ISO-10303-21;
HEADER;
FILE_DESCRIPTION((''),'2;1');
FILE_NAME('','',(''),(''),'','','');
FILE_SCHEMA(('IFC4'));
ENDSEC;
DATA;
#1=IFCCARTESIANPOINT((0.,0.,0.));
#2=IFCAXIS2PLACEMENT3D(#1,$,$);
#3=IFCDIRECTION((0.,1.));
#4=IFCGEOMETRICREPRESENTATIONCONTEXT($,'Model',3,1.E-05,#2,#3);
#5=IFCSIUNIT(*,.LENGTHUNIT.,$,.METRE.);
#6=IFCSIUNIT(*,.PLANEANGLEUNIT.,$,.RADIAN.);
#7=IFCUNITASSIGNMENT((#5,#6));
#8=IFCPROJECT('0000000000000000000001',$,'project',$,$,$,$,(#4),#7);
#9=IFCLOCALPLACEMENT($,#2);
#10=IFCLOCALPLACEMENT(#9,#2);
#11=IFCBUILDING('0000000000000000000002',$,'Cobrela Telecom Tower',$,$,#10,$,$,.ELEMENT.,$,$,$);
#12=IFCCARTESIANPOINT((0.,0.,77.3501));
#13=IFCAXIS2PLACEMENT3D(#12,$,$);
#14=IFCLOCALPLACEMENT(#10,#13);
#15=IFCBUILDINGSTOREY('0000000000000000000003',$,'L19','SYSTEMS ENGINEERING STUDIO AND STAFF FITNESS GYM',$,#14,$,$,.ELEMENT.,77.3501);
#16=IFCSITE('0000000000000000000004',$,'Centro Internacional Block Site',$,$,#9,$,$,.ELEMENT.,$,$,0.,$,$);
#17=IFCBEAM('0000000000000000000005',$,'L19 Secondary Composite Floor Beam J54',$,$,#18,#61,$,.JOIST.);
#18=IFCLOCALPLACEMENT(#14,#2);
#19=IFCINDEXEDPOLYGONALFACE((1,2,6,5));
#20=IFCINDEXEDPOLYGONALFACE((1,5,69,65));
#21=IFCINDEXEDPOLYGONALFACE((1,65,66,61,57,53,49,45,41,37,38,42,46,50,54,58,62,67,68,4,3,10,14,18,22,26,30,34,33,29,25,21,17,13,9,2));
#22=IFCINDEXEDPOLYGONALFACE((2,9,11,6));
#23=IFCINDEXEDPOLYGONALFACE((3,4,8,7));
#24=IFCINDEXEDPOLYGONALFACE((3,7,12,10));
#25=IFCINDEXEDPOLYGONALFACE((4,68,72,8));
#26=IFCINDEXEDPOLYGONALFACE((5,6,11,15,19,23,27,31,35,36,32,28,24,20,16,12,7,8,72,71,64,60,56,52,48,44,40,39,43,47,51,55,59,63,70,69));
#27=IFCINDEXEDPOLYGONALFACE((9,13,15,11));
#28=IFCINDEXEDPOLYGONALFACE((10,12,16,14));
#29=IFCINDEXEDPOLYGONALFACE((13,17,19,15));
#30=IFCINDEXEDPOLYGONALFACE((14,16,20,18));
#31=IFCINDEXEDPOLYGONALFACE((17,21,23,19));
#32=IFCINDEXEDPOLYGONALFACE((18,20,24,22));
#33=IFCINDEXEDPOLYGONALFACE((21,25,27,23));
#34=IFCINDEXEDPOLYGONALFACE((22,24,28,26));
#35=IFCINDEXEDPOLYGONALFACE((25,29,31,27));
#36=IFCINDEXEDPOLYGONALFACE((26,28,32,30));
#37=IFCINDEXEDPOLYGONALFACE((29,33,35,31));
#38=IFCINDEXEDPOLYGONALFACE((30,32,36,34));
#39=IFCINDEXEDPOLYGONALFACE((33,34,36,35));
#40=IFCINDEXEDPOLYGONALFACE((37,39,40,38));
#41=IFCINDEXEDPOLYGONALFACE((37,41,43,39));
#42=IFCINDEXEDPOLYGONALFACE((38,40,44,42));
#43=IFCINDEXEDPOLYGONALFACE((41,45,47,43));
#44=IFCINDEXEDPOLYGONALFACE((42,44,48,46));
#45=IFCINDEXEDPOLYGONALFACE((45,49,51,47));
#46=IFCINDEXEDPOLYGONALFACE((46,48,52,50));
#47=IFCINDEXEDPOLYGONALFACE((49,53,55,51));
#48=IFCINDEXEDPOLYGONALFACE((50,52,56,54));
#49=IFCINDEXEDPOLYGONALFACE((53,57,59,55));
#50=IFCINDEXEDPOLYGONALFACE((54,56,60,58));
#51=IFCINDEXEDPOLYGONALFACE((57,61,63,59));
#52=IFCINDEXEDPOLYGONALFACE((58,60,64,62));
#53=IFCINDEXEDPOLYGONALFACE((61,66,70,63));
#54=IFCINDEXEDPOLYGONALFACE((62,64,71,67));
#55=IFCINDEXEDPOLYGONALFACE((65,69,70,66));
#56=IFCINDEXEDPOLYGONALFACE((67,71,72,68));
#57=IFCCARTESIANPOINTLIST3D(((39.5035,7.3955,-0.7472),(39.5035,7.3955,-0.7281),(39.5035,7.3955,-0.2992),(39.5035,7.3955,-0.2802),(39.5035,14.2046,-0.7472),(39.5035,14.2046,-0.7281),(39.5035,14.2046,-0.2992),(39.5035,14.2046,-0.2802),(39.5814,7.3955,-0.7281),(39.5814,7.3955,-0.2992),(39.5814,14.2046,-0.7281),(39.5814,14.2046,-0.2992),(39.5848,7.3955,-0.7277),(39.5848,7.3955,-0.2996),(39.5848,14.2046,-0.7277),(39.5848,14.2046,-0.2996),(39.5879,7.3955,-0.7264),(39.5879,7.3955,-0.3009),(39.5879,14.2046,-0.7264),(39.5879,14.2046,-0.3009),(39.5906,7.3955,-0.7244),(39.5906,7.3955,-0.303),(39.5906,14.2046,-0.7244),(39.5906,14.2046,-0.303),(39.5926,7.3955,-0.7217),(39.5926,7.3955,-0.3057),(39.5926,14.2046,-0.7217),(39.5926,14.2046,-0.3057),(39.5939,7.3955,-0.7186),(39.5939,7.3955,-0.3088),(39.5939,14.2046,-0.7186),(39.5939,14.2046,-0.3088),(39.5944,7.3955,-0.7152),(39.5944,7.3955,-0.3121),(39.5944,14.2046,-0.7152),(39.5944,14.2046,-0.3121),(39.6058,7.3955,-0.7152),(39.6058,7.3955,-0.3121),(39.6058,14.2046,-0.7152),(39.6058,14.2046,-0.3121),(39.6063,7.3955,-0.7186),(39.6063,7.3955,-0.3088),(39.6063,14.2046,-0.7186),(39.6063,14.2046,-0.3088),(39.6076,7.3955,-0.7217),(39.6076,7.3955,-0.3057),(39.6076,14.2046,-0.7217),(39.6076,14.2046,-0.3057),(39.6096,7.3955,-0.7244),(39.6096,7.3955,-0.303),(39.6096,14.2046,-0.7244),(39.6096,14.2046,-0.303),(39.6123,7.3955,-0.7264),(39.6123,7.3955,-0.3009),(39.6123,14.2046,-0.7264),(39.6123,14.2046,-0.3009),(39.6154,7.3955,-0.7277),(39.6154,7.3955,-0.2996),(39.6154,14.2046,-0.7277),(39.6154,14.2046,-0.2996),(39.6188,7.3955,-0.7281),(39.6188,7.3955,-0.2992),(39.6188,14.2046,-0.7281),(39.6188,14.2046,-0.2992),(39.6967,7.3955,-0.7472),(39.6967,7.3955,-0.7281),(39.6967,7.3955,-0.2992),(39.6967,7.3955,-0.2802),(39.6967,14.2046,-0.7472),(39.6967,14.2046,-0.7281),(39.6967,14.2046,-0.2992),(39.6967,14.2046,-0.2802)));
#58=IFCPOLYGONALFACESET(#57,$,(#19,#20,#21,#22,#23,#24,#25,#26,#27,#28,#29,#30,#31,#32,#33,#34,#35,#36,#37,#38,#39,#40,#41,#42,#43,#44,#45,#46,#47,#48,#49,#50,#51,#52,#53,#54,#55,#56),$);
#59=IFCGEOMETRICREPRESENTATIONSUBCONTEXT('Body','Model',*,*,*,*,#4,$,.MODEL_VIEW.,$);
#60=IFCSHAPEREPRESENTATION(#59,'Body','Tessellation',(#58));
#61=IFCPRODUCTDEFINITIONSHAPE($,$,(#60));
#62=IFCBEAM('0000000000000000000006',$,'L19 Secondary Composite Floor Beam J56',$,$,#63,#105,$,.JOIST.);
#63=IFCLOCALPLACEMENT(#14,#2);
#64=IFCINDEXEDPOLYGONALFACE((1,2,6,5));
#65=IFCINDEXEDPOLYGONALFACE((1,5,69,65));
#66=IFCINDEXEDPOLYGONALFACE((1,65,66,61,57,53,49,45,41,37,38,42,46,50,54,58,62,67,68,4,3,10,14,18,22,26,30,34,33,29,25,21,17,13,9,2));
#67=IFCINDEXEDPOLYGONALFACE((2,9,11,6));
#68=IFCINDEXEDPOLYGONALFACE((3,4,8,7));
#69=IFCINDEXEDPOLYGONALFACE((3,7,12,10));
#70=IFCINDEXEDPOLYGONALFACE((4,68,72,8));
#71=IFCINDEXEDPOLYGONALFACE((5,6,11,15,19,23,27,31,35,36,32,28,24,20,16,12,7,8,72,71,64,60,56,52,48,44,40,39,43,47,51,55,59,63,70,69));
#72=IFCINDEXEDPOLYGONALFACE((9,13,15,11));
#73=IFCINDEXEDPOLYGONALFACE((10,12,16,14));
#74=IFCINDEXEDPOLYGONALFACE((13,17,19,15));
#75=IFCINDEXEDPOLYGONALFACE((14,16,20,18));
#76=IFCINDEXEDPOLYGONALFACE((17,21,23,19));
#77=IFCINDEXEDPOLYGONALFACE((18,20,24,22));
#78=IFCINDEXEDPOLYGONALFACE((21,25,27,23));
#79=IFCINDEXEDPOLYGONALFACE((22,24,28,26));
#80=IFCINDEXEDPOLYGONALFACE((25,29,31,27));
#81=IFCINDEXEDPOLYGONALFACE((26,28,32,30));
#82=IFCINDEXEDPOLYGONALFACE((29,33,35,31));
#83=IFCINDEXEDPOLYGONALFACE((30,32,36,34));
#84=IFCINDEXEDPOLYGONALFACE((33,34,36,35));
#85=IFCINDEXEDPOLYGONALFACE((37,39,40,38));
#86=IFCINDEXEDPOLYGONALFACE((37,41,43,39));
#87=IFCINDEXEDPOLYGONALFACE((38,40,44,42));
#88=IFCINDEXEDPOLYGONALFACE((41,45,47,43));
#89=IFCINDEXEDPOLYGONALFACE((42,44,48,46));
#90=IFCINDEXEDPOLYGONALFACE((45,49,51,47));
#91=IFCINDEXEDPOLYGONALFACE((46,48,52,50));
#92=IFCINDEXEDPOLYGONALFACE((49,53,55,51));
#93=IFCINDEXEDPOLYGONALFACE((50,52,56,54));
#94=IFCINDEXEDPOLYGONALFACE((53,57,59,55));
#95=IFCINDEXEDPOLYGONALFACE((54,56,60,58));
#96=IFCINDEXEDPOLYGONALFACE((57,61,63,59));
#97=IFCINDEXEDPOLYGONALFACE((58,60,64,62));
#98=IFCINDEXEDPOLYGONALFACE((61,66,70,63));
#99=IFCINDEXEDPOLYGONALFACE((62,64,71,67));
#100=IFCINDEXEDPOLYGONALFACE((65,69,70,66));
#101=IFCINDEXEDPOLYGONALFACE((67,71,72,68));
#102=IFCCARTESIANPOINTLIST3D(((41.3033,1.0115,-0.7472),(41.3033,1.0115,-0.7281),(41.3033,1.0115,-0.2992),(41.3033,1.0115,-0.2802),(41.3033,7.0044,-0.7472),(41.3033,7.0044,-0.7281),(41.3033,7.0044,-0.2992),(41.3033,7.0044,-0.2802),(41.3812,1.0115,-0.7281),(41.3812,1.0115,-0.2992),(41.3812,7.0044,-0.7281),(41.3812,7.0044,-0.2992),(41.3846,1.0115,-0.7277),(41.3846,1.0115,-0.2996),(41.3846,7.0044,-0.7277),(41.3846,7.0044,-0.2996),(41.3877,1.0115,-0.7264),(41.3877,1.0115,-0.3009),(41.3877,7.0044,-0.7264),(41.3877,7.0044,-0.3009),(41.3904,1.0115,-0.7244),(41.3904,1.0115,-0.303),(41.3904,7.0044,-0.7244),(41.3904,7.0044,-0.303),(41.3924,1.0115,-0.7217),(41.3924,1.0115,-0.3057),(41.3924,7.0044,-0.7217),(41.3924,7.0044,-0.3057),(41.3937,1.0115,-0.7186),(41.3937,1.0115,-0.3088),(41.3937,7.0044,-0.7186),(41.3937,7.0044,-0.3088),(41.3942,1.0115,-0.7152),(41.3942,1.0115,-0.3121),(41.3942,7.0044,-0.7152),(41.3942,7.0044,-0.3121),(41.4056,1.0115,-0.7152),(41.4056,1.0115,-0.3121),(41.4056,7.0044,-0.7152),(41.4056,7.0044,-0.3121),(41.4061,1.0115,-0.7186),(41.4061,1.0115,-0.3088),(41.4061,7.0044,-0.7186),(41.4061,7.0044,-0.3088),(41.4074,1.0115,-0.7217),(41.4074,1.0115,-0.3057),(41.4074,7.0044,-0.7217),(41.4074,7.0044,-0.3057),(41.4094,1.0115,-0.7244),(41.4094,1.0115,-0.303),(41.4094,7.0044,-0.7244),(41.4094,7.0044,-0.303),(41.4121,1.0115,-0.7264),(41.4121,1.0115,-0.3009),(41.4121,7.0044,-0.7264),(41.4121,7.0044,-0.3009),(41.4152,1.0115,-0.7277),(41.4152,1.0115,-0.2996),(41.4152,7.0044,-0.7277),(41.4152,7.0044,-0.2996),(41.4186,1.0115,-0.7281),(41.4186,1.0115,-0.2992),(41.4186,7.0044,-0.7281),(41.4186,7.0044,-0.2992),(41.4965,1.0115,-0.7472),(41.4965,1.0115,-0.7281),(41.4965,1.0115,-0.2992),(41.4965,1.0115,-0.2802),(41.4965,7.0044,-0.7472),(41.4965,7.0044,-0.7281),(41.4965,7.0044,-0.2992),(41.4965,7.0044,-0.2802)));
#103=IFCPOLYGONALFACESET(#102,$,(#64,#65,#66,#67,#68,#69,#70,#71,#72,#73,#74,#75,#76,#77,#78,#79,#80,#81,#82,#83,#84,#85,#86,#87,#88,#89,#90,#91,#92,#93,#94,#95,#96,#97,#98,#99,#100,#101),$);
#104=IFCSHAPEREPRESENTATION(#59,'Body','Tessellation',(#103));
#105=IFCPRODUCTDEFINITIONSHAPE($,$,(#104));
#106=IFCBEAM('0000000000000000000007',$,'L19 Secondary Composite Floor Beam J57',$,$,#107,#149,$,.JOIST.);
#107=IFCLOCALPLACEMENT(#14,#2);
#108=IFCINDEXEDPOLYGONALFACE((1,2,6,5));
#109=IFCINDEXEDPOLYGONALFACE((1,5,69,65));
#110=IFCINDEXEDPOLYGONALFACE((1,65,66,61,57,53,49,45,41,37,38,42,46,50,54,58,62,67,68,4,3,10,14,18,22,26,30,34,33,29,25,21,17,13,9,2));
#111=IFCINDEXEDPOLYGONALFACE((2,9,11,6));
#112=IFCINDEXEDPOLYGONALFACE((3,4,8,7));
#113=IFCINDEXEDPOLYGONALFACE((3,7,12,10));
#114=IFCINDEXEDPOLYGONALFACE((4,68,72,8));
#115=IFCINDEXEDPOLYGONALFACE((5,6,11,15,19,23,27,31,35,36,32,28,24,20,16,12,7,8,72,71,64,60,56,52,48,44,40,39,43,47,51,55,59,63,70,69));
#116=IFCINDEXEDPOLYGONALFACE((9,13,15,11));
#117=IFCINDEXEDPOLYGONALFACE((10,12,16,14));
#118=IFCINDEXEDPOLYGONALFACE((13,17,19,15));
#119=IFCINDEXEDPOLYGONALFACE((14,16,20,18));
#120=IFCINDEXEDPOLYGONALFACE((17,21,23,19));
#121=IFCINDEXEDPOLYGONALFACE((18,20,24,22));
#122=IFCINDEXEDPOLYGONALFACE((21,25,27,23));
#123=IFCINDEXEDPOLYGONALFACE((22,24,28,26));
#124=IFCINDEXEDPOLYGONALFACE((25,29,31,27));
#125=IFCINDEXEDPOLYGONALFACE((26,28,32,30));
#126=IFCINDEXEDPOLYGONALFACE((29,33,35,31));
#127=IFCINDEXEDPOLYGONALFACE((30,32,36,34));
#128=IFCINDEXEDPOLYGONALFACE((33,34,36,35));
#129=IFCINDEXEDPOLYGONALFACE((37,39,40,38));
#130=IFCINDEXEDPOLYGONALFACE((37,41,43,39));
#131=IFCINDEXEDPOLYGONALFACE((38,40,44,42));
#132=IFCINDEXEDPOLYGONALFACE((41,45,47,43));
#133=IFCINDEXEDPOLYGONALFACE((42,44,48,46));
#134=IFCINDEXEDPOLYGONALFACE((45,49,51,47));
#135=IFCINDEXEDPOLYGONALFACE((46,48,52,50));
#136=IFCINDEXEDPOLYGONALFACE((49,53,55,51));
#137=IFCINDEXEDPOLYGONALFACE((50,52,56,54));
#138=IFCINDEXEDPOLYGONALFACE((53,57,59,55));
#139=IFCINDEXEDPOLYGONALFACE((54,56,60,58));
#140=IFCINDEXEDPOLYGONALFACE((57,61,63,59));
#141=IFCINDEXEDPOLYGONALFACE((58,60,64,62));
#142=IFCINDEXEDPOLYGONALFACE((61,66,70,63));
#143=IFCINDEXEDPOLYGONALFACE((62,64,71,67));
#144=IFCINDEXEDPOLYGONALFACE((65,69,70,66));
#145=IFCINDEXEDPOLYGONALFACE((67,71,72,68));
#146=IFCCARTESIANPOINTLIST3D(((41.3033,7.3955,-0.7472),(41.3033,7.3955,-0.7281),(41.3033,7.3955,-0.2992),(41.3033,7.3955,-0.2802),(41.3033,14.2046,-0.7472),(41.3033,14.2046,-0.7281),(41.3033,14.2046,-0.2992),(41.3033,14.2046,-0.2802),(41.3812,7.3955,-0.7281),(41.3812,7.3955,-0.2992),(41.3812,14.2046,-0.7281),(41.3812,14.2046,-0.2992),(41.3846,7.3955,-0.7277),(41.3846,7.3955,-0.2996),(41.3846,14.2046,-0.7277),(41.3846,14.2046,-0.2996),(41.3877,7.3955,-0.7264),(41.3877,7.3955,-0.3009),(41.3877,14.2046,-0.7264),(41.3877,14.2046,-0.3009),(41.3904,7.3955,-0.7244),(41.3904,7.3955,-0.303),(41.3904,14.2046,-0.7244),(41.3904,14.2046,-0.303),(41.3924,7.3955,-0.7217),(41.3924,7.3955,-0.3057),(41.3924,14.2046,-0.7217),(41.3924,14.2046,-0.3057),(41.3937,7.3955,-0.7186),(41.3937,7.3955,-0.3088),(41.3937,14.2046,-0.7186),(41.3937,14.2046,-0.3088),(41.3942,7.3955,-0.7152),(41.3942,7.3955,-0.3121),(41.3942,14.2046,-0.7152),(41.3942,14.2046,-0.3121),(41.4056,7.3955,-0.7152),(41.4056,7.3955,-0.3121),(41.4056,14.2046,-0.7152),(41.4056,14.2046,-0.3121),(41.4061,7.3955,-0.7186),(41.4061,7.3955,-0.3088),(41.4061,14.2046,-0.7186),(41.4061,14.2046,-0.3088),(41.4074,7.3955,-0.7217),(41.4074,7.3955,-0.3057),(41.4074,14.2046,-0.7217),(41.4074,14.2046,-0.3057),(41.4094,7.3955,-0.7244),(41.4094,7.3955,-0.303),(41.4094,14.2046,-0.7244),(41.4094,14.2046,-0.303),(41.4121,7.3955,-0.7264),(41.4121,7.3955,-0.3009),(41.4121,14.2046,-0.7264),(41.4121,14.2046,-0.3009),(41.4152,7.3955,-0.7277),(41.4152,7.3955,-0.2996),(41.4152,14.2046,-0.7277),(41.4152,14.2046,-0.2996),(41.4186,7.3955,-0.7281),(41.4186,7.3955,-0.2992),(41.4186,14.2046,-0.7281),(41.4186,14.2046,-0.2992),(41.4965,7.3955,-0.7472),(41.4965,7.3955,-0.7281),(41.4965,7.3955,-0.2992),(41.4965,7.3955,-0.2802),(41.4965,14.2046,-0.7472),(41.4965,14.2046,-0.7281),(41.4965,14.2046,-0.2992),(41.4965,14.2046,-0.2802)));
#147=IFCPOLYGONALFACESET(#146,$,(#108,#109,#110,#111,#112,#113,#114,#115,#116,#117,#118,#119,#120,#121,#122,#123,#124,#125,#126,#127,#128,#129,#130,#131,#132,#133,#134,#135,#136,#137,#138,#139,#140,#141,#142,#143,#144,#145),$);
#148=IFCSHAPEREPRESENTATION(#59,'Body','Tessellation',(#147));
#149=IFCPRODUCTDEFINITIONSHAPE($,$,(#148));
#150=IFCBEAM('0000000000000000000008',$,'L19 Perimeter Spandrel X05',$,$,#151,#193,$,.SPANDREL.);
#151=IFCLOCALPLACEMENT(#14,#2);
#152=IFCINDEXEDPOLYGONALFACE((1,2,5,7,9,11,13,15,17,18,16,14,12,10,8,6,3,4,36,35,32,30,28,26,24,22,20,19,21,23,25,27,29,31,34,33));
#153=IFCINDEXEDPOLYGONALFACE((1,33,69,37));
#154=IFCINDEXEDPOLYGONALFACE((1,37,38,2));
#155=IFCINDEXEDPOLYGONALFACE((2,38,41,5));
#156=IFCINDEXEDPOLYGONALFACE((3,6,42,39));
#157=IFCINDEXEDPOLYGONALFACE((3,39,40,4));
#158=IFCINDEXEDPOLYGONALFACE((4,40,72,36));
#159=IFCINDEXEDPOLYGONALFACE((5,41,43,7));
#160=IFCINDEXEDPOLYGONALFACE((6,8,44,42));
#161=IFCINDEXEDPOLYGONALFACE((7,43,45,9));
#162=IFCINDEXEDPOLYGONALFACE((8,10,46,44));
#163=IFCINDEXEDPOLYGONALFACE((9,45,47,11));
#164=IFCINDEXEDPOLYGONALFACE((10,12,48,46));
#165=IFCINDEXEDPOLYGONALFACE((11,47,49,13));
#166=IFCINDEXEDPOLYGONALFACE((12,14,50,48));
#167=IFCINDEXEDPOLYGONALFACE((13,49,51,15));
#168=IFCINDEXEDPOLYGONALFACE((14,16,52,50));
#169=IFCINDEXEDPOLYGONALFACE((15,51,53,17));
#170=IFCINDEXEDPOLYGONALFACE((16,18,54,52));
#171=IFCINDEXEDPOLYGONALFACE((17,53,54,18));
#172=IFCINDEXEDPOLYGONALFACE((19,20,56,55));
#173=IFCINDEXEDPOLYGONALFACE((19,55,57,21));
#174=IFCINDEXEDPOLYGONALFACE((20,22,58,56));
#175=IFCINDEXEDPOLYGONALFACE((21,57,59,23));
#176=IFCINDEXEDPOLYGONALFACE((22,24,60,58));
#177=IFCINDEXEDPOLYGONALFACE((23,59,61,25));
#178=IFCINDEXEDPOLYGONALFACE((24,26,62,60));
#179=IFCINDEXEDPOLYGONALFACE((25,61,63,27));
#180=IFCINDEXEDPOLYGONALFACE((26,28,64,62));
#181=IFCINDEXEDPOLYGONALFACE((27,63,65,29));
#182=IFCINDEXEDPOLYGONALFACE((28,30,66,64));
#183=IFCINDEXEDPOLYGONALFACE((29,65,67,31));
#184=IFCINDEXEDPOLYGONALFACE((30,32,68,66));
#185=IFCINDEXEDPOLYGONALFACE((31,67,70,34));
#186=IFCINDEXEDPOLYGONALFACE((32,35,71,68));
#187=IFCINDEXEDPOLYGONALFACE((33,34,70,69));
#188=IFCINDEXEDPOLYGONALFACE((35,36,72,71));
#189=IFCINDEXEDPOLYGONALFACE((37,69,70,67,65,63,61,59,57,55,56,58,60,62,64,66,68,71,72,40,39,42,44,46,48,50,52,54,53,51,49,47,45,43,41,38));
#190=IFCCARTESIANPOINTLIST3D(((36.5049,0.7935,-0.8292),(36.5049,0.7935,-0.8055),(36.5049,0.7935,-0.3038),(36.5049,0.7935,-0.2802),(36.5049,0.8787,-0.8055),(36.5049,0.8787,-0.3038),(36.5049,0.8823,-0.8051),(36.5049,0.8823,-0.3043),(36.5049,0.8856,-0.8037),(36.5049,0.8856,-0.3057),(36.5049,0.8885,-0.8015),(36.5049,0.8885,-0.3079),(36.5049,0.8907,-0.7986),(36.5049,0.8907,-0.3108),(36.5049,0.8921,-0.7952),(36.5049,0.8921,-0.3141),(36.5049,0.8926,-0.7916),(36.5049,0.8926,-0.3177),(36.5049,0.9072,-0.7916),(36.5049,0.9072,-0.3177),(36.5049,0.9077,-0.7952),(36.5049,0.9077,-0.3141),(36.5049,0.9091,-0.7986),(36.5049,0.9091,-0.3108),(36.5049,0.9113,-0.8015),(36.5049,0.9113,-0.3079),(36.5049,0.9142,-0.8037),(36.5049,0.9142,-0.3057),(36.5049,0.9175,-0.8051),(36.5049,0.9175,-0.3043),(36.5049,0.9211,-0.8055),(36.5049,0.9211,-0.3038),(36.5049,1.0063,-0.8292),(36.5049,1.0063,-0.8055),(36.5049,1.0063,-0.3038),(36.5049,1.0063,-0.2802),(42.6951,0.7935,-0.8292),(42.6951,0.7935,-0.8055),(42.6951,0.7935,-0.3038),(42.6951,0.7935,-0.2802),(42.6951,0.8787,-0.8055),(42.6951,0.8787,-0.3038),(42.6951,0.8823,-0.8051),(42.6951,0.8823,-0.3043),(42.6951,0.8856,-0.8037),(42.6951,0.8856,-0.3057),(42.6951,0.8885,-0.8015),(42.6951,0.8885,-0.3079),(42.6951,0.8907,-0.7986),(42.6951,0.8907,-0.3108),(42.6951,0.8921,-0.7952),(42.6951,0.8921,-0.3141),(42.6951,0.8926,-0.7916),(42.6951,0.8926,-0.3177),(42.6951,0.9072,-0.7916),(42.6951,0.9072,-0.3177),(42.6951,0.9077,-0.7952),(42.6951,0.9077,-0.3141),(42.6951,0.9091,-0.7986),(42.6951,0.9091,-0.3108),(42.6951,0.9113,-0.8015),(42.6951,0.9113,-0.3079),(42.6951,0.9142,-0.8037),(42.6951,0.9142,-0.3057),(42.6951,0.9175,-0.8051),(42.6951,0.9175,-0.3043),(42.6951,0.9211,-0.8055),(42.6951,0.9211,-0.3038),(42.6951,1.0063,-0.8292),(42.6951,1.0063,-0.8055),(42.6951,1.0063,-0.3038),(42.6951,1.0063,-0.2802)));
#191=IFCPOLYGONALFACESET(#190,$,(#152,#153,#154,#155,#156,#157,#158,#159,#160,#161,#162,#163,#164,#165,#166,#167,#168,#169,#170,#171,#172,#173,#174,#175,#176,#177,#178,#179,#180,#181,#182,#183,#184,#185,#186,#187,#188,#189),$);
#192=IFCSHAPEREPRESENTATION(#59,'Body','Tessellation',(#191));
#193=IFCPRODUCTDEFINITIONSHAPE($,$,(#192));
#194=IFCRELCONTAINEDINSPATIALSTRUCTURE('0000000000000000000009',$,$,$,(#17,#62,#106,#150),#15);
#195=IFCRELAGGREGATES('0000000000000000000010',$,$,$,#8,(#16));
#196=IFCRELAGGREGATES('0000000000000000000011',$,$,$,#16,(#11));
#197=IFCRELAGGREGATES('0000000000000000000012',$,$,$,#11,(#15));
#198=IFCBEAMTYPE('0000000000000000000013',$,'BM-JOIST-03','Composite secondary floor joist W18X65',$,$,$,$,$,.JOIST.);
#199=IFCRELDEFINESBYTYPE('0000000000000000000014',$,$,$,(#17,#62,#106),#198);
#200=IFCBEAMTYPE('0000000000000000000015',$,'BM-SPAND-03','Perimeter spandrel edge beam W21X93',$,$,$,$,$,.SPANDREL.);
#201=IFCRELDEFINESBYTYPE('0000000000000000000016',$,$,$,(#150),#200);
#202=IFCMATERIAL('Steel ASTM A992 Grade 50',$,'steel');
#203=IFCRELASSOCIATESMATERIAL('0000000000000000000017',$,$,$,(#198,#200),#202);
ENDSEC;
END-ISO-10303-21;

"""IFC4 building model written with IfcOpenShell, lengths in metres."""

from ifc_helpers import new_model, si_unit, direction, frame, origin, origin_2d, place, context, subcontext, project, spatial, i_section, extrude, material, material_profile, profile_set, type_object, element, save


model = new_model("IFC4")

# Units and contexts
model_context = context("Model", 3, precision=1e-05, world=origin(), true_north=direction((0.0, 1.0)))
body_context = subcontext(model_context, "Body", "Model", "MODEL_VIEW")
ifc_project = project(units=[si_unit("LENGTHUNIT", "METRE"), si_unit("PLANEANGLEUNIT", "RADIAN")], contexts=[model_context])

# Site, building, storey
site_placement = place(None, origin())
site = spatial("IfcSite", under=ifc_project, at=site_placement, Name="Centro Internacional Block Site", CompositionType="ELEMENT", RefElevation=0.0)
building_placement = place(site_placement, origin())
building = spatial("IfcBuilding", under=site, at=building_placement, Name="Cobrela Telecom Tower", CompositionType="ELEMENT")
storey_placement = place(building_placement, frame((0.0, 0.0, 77.3501)))
storey = spatial("IfcBuildingStorey", under=building, at=storey_placement, Name="L19", Description="SYSTEMS ENGINEERING STUDIO AND STAFF FITNESS GYM", CompositionType="ELEMENT", Elevation=77.3501)

# Shared definitions
ifc_material_1 = material(Name="Steel ASTM A992 Grade 50", Category="steel")

# Beams
ifc_material_profile_1 = material_profile(ifc_material_1, i_section(OverallWidth=0.1931, OverallDepth=0.467, WebThickness=0.0115, FlangeThickness=0.019, FilletRadius=0.0129, at=origin_2d()), Name="W18X65")
ifc_profile_set_1 = profile_set([ifc_material_profile_1], Name="Steel ASTM A992 Grade 50")
beam_type_1 = type_object("IfcBeamType", Name="BM-JOIST-03", Description="Composite secondary floor joist W18X65", PredefinedType="JOIST", material=ifc_profile_set_1)
beam_1_placement = place(storey_placement, frame((39.6001, 7.3955, -0.5137), z_axis=(0.0, 1.0, 0.0), x_axis=(-1.0, 0.0, 0.0)))
element("IfcBeam", 1, at=beam_1_placement, inside=storey, type_object=beam_type_1, Name="L19 Secondary Composite Floor Beam J54", PredefinedType="JOIST", context=body_context, shape_type="SweptSolid", body=[
    extrude(i_section(OverallWidth=0.1931, OverallDepth=0.467, WebThickness=0.0115, FlangeThickness=0.019, FilletRadius=0.0129, at=origin_2d()), origin(), (0.0, 0.0, 1.0), 6.8091),
])
beam_2_placement = place(storey_placement, frame((41.3999, 1.0115, -0.5137), z_axis=(0.0, 1.0, 0.0), x_axis=(-1.0, 0.0, 0.0)))
element("IfcBeam", 2, at=beam_2_placement, inside=storey, type_object=beam_type_1, Name="L19 Secondary Composite Floor Beam J56", PredefinedType="JOIST", context=body_context, shape_type="SweptSolid", body=[
    extrude(i_section(OverallWidth=0.1931, OverallDepth=0.467, WebThickness=0.0115, FlangeThickness=0.019, FilletRadius=0.0129, at=origin_2d()), origin(), (0.0, 0.0, 1.0), 5.9929),
])
beam_3_placement = place(storey_placement, frame((41.3999, 7.3955, -0.5137), z_axis=(0.0, 1.0, 0.0), x_axis=(-1.0, 0.0, 0.0)))
element("IfcBeam", 3, at=beam_3_placement, inside=storey, type_object=beam_type_1, Name="L19 Secondary Composite Floor Beam J57", PredefinedType="JOIST", context=body_context, shape_type="SweptSolid", body=[
    extrude(i_section(OverallWidth=0.1931, OverallDepth=0.467, WebThickness=0.0115, FlangeThickness=0.019, FilletRadius=0.0129, at=origin_2d()), origin(), (0.0, 0.0, 1.0), 6.8091),
])
ifc_material_profile_2 = material_profile(ifc_material_1, i_section(OverallWidth=0.2129, OverallDepth=0.5491, WebThickness=0.0146, FlangeThickness=0.0237, FilletRadius=0.0139, at=origin_2d()), Name="W21X93")
ifc_profile_set_2 = profile_set([ifc_material_profile_2], Name="Steel ASTM A992 Grade 50")
beam_type_2 = type_object("IfcBeamType", Name="BM-SPAND-03", Description="Perimeter spandrel edge beam W21X93", PredefinedType="SPANDREL", material=ifc_profile_set_2)
beam_4_placement = place(storey_placement, frame((36.5049, 0.8999, -0.5547), z_axis=(1.0, 0.0, 0.0), x_axis=(0.0, 1.0, 0.0)))
element("IfcBeam", 4, at=beam_4_placement, inside=storey, type_object=beam_type_2, Name="L19 Perimeter Spandrel X05", PredefinedType="SPANDREL", context=body_context, shape_type="SweptSolid", body=[
    extrude(i_section(OverallWidth=0.2129, OverallDepth=0.5491, WebThickness=0.0146, FlangeThickness=0.0237, FilletRadius=0.0139, at=origin_2d()), origin(), (0.0, 0.0, 1.0), 6.1902),
])

save(model, "model.ifc")
